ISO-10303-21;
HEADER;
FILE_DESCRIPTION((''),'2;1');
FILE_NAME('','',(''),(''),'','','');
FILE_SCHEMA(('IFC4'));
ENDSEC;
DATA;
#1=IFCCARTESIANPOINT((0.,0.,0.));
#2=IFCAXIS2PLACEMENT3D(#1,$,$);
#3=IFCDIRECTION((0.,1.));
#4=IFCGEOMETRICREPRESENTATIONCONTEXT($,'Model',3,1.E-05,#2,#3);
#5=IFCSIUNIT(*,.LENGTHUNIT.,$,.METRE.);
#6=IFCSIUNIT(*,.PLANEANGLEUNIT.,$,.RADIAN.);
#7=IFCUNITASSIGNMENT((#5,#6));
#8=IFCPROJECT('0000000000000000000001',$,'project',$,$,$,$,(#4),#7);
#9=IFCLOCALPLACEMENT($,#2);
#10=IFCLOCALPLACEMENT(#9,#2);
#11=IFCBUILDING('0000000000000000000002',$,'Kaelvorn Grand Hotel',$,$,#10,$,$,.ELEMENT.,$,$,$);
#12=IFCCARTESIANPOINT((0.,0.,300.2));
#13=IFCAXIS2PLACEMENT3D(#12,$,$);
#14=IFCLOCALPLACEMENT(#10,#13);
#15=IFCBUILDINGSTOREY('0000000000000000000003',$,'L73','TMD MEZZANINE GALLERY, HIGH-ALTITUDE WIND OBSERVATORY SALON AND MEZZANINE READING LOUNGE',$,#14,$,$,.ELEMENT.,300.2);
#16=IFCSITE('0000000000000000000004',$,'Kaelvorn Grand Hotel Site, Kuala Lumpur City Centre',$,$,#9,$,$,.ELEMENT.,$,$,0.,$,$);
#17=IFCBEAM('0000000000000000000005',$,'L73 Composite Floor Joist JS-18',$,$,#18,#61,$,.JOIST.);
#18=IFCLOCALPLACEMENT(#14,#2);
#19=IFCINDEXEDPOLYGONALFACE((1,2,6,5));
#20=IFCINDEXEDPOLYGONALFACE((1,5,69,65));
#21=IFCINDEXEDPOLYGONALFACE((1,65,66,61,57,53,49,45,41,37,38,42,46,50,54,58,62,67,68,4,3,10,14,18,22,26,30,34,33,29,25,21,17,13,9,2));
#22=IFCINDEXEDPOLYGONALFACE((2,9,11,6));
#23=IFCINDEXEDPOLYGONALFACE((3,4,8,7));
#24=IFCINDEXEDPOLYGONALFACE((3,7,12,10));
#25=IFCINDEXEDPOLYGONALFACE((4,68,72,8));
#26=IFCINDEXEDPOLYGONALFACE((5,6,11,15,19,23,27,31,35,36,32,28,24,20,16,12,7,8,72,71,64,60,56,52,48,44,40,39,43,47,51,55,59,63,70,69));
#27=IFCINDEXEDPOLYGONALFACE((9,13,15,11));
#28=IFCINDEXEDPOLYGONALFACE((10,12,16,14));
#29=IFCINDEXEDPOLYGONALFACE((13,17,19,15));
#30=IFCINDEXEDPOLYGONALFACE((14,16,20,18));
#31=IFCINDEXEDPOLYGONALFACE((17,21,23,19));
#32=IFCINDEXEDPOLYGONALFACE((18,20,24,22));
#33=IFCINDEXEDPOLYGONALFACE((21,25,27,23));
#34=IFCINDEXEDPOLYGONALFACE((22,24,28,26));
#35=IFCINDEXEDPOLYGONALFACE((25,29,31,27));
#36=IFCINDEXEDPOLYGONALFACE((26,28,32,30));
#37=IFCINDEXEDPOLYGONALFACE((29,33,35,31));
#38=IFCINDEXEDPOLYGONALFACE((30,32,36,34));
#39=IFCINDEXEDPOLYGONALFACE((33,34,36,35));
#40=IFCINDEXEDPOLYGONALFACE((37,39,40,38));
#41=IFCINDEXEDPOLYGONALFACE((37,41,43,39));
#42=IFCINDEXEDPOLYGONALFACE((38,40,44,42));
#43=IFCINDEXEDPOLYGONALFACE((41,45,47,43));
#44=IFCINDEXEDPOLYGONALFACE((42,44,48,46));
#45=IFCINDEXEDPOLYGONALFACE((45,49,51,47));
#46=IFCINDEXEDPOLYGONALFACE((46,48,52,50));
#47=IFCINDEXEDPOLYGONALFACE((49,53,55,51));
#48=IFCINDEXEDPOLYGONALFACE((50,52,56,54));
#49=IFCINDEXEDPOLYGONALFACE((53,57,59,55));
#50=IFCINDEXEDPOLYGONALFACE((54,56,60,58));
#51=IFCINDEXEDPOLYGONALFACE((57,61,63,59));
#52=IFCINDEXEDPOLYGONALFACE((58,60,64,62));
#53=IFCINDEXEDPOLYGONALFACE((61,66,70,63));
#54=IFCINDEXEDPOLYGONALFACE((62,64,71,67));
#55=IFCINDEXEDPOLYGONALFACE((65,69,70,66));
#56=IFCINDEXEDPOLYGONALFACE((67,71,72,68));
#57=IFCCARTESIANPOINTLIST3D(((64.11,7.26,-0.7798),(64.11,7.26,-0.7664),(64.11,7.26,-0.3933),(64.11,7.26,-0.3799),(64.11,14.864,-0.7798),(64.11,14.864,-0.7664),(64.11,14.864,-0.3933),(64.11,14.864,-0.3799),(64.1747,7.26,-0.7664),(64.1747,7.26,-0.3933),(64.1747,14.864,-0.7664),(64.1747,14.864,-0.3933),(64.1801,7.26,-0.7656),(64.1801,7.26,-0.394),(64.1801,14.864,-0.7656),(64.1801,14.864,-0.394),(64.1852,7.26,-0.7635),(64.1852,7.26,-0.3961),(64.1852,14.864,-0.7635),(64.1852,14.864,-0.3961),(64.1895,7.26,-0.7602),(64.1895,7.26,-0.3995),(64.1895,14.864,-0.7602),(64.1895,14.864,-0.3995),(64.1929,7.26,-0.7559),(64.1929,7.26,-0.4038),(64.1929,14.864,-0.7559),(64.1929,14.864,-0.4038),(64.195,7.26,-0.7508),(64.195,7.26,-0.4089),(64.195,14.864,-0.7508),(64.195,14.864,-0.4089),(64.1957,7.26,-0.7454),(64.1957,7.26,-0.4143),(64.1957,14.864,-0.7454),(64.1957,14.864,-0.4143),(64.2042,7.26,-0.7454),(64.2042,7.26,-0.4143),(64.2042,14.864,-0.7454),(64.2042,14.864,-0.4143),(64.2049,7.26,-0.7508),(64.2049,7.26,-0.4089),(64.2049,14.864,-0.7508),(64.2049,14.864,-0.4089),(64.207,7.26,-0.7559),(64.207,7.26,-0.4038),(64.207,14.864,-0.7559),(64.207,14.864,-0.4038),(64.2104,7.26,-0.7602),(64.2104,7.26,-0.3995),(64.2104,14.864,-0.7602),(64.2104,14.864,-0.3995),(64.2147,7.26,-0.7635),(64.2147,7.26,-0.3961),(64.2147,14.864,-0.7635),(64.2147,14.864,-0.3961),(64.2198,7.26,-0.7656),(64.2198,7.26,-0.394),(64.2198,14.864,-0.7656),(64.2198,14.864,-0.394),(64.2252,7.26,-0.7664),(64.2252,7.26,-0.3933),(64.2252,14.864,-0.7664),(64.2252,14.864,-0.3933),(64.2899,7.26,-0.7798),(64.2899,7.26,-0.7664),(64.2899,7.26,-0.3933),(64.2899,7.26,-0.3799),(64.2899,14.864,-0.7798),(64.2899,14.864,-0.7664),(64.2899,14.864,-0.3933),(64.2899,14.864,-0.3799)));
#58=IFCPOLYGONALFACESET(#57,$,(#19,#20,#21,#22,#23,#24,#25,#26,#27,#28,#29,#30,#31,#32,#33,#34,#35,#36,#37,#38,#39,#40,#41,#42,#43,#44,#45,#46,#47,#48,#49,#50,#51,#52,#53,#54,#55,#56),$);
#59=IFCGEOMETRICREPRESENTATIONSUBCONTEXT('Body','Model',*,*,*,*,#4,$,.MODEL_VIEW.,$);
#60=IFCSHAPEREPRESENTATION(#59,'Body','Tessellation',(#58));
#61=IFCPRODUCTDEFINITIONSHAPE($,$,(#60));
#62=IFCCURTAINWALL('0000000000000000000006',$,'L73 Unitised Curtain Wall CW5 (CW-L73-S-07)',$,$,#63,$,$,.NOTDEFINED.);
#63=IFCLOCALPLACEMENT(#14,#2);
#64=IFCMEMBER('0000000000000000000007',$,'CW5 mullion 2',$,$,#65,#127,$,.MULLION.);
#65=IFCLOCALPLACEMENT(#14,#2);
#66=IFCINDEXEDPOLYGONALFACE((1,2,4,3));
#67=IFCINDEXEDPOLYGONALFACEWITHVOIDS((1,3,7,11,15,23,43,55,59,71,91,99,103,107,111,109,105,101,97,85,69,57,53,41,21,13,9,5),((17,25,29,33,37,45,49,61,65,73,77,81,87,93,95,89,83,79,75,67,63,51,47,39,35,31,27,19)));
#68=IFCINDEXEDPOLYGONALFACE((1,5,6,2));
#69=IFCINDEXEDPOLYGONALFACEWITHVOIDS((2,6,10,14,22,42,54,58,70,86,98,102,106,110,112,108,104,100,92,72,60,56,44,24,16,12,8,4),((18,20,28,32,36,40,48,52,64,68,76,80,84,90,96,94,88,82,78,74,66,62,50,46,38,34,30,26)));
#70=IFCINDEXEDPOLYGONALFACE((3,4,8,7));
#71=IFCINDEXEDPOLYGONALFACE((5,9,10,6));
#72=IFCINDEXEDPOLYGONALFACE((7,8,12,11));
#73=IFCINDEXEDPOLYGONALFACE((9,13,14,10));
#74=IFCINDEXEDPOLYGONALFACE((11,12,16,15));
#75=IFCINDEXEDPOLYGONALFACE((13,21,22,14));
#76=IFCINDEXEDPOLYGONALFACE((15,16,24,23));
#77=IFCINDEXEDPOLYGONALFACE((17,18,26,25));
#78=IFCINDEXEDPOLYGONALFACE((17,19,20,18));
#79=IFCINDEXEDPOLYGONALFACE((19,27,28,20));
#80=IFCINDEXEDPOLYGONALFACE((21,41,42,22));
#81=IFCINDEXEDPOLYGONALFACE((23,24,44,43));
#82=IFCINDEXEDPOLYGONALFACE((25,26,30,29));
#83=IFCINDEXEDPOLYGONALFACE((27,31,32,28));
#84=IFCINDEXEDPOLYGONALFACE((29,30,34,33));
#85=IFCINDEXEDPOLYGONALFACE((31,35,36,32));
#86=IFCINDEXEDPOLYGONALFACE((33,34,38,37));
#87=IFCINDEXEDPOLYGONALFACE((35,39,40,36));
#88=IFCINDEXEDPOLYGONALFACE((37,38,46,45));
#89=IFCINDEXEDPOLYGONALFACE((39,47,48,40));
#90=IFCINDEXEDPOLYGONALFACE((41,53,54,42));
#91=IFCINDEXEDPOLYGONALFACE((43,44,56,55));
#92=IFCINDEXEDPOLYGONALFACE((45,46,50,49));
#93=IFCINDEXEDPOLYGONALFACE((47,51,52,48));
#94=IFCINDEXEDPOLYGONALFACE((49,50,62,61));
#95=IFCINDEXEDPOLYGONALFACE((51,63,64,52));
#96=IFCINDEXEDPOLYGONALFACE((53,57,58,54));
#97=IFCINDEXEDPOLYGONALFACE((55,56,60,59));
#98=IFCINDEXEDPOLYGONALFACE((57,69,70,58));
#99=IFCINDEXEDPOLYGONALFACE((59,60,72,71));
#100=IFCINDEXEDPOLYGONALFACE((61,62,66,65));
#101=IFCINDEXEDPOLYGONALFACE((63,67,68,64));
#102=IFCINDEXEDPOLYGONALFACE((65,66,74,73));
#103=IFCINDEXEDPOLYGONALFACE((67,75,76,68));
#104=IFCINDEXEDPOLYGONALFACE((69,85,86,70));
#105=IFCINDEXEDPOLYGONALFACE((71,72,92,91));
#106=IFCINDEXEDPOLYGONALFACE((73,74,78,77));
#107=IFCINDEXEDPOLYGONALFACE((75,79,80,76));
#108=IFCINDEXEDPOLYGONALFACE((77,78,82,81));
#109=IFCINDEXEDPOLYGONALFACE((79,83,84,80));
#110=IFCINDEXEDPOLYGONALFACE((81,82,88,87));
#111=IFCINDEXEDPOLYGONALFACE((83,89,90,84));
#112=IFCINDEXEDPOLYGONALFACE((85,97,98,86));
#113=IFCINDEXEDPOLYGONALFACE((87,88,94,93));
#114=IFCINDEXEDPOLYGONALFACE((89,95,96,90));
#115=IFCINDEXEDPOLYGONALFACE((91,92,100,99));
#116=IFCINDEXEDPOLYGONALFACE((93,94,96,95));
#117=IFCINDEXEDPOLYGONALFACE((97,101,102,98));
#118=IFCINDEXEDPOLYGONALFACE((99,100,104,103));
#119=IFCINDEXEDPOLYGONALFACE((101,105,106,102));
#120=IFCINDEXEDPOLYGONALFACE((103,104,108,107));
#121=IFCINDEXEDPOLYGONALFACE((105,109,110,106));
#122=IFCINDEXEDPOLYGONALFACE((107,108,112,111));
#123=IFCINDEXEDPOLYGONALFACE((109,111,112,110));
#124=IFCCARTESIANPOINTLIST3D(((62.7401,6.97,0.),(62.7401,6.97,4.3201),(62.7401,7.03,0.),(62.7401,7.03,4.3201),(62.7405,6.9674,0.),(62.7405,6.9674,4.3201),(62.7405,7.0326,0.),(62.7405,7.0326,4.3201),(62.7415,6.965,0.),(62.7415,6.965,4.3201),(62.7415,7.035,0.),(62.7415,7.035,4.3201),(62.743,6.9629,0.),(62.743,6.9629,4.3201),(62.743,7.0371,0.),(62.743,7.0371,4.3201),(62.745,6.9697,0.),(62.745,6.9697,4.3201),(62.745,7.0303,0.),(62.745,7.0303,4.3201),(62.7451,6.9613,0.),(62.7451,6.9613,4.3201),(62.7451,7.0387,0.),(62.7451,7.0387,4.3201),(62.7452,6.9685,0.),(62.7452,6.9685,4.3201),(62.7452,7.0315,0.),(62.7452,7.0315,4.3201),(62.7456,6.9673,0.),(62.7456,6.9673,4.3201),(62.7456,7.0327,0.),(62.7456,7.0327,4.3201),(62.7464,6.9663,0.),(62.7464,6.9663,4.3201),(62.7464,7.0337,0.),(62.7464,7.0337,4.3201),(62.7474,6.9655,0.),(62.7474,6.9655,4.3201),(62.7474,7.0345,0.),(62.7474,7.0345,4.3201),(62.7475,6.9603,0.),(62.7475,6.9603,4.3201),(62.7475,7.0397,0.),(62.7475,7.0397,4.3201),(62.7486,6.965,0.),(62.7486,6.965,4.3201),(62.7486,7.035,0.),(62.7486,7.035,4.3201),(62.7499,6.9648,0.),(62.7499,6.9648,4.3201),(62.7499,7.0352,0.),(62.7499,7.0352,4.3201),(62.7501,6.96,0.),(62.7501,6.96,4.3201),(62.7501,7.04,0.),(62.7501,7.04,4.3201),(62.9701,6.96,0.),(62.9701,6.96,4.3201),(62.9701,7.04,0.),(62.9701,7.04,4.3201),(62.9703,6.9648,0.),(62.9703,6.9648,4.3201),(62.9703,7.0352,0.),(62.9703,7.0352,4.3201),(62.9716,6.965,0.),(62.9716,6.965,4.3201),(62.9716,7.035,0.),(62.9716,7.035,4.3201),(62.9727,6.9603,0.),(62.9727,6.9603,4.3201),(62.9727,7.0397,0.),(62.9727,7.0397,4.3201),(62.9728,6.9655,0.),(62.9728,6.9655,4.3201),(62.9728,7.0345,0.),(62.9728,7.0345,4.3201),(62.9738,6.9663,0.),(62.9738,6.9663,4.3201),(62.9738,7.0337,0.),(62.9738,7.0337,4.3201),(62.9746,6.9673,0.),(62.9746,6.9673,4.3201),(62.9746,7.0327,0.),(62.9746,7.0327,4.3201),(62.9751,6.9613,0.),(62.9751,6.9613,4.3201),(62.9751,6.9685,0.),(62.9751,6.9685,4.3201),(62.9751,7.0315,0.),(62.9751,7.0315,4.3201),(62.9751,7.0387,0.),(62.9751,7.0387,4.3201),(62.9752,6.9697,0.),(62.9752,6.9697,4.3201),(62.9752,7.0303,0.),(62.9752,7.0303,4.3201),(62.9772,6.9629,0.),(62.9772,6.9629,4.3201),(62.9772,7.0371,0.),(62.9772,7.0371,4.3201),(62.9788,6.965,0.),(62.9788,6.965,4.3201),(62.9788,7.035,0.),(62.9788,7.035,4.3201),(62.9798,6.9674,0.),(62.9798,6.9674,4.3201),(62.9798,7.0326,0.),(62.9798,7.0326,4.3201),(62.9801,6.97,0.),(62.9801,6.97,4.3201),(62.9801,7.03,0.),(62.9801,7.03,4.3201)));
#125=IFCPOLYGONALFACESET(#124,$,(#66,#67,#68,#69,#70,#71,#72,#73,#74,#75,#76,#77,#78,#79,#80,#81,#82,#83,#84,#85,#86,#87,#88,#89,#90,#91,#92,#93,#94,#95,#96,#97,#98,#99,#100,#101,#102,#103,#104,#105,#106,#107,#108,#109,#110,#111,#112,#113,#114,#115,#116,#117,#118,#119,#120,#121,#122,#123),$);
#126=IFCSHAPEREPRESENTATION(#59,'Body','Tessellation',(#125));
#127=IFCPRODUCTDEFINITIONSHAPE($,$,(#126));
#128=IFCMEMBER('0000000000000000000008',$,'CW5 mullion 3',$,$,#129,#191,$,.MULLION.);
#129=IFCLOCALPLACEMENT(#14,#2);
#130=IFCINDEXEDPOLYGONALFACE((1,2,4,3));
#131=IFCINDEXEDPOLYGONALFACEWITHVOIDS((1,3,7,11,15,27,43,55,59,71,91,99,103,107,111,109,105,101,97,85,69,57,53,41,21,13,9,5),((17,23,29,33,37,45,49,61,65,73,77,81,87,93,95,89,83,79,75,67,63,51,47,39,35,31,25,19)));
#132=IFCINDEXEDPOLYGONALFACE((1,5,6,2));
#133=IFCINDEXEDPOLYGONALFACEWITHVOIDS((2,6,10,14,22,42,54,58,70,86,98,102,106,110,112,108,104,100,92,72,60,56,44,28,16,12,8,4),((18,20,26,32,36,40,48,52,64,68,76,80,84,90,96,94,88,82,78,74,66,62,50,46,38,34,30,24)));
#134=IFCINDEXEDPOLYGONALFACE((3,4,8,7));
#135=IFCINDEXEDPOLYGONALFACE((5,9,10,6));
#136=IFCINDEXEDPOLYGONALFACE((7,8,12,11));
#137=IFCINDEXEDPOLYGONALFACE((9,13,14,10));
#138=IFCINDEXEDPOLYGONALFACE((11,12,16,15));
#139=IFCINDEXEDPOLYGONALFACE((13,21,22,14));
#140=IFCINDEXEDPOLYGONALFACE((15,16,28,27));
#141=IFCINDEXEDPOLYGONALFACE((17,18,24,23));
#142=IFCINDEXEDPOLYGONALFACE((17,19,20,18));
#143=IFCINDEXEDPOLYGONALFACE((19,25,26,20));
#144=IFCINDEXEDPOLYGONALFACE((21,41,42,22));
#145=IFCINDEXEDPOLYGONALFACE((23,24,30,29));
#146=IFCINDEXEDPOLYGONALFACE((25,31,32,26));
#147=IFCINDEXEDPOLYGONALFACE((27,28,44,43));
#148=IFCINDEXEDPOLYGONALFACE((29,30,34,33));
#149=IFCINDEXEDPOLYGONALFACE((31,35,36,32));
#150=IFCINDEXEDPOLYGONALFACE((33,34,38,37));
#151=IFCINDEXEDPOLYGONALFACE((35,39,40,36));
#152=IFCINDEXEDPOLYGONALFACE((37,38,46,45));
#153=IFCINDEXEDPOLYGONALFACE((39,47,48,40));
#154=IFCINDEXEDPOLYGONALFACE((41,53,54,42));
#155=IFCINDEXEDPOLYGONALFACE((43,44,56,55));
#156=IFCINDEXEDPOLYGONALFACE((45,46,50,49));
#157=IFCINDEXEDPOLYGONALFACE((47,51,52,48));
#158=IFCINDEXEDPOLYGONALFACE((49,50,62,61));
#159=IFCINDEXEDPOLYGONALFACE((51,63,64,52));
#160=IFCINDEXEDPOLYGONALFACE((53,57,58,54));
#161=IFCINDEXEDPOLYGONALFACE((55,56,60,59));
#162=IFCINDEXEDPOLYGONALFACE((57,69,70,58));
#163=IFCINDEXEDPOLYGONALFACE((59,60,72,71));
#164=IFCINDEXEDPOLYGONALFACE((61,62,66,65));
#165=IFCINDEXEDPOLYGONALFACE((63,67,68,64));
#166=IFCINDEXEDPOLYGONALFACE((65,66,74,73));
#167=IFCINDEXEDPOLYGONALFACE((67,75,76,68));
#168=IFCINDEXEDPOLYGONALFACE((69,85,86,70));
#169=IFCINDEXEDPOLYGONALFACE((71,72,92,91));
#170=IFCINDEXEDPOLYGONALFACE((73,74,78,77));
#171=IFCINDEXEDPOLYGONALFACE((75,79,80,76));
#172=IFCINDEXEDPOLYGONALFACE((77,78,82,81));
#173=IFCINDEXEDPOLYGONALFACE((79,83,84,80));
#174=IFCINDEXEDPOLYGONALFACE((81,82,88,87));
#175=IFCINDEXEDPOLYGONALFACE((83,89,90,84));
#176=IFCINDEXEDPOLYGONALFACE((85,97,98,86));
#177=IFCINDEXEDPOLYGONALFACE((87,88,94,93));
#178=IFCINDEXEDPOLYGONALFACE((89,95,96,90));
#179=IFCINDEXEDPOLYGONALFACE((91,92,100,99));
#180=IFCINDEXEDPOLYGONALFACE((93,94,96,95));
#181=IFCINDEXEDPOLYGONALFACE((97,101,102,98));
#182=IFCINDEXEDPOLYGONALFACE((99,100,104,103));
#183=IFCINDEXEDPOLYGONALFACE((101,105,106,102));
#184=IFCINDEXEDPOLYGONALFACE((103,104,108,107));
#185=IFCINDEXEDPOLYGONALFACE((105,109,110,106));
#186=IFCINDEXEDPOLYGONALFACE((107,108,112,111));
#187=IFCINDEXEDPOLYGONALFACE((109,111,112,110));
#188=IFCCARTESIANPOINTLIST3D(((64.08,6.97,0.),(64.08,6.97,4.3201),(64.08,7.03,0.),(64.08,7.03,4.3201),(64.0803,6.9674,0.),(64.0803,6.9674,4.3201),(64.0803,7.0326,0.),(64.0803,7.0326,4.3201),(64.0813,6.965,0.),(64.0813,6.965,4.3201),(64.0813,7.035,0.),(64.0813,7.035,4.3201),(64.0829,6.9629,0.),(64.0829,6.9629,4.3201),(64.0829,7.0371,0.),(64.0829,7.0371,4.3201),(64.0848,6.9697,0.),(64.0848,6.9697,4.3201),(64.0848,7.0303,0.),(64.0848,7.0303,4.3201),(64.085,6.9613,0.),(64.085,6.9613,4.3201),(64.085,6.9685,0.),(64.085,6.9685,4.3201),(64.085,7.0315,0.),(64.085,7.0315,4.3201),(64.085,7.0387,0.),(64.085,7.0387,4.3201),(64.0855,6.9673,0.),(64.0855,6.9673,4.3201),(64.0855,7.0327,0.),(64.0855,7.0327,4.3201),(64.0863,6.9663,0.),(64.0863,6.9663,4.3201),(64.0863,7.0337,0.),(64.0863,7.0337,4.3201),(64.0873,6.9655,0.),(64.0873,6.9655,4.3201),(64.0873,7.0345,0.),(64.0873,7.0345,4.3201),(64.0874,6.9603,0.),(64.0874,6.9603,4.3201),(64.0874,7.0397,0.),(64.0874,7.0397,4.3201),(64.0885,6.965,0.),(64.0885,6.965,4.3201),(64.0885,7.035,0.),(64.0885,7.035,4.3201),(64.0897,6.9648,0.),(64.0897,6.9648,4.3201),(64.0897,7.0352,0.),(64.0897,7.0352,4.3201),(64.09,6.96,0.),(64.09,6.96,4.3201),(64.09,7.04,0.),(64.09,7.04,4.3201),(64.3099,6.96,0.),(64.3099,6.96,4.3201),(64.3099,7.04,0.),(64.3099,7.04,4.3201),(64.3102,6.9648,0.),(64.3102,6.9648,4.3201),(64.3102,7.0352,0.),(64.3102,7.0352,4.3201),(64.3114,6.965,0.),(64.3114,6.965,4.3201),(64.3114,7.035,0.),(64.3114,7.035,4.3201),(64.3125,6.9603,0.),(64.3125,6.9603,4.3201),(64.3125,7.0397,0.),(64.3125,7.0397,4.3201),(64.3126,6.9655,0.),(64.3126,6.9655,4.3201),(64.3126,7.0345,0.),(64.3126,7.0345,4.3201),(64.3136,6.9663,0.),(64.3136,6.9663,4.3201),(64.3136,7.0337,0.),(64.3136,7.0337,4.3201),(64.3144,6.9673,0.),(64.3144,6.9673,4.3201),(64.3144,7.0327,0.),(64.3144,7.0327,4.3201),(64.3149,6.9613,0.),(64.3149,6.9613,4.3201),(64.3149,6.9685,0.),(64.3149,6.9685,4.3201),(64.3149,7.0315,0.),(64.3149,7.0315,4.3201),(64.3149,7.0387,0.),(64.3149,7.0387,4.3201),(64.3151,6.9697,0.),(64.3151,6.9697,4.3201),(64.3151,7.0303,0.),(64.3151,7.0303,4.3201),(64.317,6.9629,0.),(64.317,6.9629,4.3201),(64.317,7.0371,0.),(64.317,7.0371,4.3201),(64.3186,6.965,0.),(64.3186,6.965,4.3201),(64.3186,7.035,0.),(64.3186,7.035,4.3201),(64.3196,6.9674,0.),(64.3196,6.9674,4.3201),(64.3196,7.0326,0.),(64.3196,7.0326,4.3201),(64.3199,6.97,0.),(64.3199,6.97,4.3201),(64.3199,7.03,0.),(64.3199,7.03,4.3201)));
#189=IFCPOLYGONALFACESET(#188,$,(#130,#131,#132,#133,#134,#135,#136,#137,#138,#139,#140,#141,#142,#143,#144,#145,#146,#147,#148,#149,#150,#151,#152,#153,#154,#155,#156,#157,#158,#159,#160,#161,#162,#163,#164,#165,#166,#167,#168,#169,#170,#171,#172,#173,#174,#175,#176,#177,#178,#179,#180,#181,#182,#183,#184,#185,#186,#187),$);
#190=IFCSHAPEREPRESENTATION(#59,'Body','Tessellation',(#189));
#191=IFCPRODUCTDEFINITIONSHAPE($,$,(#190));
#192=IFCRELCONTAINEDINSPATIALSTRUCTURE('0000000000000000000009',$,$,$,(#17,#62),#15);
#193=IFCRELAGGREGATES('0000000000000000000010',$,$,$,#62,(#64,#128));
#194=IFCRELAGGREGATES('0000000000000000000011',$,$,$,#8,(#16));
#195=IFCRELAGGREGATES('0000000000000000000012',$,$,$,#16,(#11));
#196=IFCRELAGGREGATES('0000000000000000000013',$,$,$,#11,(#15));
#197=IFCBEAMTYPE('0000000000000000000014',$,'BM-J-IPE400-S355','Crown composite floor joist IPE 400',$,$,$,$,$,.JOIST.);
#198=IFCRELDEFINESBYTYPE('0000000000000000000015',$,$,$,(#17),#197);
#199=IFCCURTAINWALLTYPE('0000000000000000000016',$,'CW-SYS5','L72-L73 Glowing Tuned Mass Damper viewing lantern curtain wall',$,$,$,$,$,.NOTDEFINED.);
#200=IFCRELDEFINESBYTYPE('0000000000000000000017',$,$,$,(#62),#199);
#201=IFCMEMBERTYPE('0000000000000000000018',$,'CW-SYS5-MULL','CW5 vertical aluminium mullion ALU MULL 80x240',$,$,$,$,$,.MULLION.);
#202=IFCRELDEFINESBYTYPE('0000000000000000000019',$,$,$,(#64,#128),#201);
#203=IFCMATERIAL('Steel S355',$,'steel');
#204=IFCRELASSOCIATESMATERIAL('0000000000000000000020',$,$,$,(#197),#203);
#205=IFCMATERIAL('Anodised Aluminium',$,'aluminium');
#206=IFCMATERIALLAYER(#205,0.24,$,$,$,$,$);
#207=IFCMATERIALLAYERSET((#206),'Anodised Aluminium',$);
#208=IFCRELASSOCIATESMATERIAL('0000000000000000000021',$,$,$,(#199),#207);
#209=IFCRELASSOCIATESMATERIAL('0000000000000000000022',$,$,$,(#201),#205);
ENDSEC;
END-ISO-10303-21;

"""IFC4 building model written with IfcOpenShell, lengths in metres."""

from ifc_helpers import new_model, si_unit, direction, frame, origin, origin_2d, place, context, subcontext, project, spatial, hollow_rectangle, i_section, extrude, material, layer, layer_set, material_profile, profile_set, type_object, element, aggregate, save


model = new_model("IFC4")

# Units and contexts
model_context = context("Model", 3, precision=1e-05, world=origin(), true_north=direction((0.0, 1.0)))
body_context = subcontext(model_context, "Body", "Model", "MODEL_VIEW")
ifc_project = project(units=[si_unit("LENGTHUNIT", "METRE"), si_unit("PLANEANGLEUNIT", "RADIAN")], contexts=[model_context])

# Site, building, storey
site_placement = place(None, origin())
site = spatial("IfcSite", under=ifc_project, at=site_placement, Name="Kaelvorn Grand Hotel Site, Kuala Lumpur City Centre", CompositionType="ELEMENT", RefElevation=0.0)
building_placement = place(site_placement, origin())
building = spatial("IfcBuilding", under=site, at=building_placement, Name="Kaelvorn Grand Hotel", CompositionType="ELEMENT")
storey_placement = place(building_placement, frame((0.0, 0.0, 300.2)))
storey = spatial("IfcBuildingStorey", under=building, at=storey_placement, Name="L73", Description="TMD MEZZANINE GALLERY, HIGH-ALTITUDE WIND OBSERVATORY SALON AND MEZZANINE READING LOUNGE", CompositionType="ELEMENT", Elevation=300.2)

# Beam
ifc_material_1 = material(Name="Steel S355", Category="steel")
ifc_material_profile_1 = material_profile(ifc_material_1, i_section(OverallWidth=0.1799, OverallDepth=0.3999, WebThickness=0.0085, FlangeThickness=0.0134, FilletRadius=0.021, at=origin_2d()), Name="IPE 400")
ifc_profile_set_1 = profile_set([ifc_material_profile_1], Name="Steel S355")
beam_type = type_object("IfcBeamType", Name="BM-J-IPE400-S355", Description="Crown composite floor joist IPE 400", PredefinedType="JOIST", material=ifc_profile_set_1)
beam_placement = place(storey_placement, frame((64.2, 7.26, -0.5798), z_axis=(0.0, 1.0, 0.0), x_axis=(-1.0, 0.0, 0.0)))
element("IfcBeam", 1, at=beam_placement, inside=storey, type_object=beam_type, Name="L73 Composite Floor Joist JS-18", PredefinedType="JOIST", context=body_context, shape_type="SweptSolid", body=[
    extrude(i_section(OverallWidth=0.1799, OverallDepth=0.3999, WebThickness=0.0085, FlangeThickness=0.0134, FilletRadius=0.021, at=origin_2d()), origin(), (0.0, 0.0, 1.0), 7.604),
])

# Curtain wall, members
ifc_material_2 = material(Name="Anodised Aluminium", Category="aluminium")
ifc_layer_1 = layer(ifc_material_2, 0.24)
ifc_layer_set_1 = layer_set([ifc_layer_1], Name="Anodised Aluminium")
curtain_wall_type = type_object("IfcCurtainWallType", Name="CW-SYS5", Description="L72-L73 Glowing Tuned Mass Damper viewing lantern curtain wall", PredefinedType="NOTDEFINED", material=ifc_layer_set_1)
curtain_wall_placement = place(storey_placement, origin())
curtain_wall = element("IfcCurtainWall", 2, at=curtain_wall_placement, inside=storey, type_object=curtain_wall_type, Name="L73 Unitised Curtain Wall CW5 (CW-L73-S-07)", PredefinedType="NOTDEFINED")
ifc_material_profile_2 = material_profile(ifc_material_2, hollow_rectangle(XDim=0.0801, YDim=0.24, WallThickness=0.0049, InnerFilletRadius=0.0049, OuterFilletRadius=0.01, at=origin_2d()), Name="ALU MULL 80x240")
ifc_profile_set_2 = profile_set([ifc_material_profile_2], Name="Anodised Aluminium")
member_type_1 = type_object("IfcMemberType", Name="CW-SYS5-MULL", Description="CW5 vertical aluminium mullion ALU MULL 80x240", PredefinedType="MULLION", material=ifc_profile_set_2)
member_1_placement = place(storey_placement, frame((62.8601, 7.0, 0.0), z_axis=(0.0, 0.0, 1.0), x_axis=(0.0, 1.0, 0.0)))
member_1 = element("IfcMember", 3, at=member_1_placement, type_object=member_type_1, Name="CW5 mullion 2", PredefinedType="MULLION", context=body_context, shape_type="SweptSolid", body=[
    extrude(hollow_rectangle(XDim=0.0801, YDim=0.24, WallThickness=0.0049, InnerFilletRadius=0.0049, OuterFilletRadius=0.01, at=origin_2d()), origin(), (0.0, 0.0, 1.0), 4.3201),
])
member_2_placement = place(storey_placement, frame((64.2, 7.0, 0.0), z_axis=(0.0, 0.0, 1.0), x_axis=(0.0, 1.0, 0.0)))
member_2 = element("IfcMember", 4, at=member_2_placement, type_object=member_type_1, Name="CW5 mullion 3", PredefinedType="MULLION", context=body_context, shape_type="SweptSolid", body=[
    extrude(hollow_rectangle(XDim=0.0801, YDim=0.24, WallThickness=0.0049, InnerFilletRadius=0.0049, OuterFilletRadius=0.01, at=origin_2d()), origin(), (0.0, 0.0, 1.0), 4.3201),
])
aggregate(curtain_wall, [member_1, member_2])

save(model, "model.ifc")
